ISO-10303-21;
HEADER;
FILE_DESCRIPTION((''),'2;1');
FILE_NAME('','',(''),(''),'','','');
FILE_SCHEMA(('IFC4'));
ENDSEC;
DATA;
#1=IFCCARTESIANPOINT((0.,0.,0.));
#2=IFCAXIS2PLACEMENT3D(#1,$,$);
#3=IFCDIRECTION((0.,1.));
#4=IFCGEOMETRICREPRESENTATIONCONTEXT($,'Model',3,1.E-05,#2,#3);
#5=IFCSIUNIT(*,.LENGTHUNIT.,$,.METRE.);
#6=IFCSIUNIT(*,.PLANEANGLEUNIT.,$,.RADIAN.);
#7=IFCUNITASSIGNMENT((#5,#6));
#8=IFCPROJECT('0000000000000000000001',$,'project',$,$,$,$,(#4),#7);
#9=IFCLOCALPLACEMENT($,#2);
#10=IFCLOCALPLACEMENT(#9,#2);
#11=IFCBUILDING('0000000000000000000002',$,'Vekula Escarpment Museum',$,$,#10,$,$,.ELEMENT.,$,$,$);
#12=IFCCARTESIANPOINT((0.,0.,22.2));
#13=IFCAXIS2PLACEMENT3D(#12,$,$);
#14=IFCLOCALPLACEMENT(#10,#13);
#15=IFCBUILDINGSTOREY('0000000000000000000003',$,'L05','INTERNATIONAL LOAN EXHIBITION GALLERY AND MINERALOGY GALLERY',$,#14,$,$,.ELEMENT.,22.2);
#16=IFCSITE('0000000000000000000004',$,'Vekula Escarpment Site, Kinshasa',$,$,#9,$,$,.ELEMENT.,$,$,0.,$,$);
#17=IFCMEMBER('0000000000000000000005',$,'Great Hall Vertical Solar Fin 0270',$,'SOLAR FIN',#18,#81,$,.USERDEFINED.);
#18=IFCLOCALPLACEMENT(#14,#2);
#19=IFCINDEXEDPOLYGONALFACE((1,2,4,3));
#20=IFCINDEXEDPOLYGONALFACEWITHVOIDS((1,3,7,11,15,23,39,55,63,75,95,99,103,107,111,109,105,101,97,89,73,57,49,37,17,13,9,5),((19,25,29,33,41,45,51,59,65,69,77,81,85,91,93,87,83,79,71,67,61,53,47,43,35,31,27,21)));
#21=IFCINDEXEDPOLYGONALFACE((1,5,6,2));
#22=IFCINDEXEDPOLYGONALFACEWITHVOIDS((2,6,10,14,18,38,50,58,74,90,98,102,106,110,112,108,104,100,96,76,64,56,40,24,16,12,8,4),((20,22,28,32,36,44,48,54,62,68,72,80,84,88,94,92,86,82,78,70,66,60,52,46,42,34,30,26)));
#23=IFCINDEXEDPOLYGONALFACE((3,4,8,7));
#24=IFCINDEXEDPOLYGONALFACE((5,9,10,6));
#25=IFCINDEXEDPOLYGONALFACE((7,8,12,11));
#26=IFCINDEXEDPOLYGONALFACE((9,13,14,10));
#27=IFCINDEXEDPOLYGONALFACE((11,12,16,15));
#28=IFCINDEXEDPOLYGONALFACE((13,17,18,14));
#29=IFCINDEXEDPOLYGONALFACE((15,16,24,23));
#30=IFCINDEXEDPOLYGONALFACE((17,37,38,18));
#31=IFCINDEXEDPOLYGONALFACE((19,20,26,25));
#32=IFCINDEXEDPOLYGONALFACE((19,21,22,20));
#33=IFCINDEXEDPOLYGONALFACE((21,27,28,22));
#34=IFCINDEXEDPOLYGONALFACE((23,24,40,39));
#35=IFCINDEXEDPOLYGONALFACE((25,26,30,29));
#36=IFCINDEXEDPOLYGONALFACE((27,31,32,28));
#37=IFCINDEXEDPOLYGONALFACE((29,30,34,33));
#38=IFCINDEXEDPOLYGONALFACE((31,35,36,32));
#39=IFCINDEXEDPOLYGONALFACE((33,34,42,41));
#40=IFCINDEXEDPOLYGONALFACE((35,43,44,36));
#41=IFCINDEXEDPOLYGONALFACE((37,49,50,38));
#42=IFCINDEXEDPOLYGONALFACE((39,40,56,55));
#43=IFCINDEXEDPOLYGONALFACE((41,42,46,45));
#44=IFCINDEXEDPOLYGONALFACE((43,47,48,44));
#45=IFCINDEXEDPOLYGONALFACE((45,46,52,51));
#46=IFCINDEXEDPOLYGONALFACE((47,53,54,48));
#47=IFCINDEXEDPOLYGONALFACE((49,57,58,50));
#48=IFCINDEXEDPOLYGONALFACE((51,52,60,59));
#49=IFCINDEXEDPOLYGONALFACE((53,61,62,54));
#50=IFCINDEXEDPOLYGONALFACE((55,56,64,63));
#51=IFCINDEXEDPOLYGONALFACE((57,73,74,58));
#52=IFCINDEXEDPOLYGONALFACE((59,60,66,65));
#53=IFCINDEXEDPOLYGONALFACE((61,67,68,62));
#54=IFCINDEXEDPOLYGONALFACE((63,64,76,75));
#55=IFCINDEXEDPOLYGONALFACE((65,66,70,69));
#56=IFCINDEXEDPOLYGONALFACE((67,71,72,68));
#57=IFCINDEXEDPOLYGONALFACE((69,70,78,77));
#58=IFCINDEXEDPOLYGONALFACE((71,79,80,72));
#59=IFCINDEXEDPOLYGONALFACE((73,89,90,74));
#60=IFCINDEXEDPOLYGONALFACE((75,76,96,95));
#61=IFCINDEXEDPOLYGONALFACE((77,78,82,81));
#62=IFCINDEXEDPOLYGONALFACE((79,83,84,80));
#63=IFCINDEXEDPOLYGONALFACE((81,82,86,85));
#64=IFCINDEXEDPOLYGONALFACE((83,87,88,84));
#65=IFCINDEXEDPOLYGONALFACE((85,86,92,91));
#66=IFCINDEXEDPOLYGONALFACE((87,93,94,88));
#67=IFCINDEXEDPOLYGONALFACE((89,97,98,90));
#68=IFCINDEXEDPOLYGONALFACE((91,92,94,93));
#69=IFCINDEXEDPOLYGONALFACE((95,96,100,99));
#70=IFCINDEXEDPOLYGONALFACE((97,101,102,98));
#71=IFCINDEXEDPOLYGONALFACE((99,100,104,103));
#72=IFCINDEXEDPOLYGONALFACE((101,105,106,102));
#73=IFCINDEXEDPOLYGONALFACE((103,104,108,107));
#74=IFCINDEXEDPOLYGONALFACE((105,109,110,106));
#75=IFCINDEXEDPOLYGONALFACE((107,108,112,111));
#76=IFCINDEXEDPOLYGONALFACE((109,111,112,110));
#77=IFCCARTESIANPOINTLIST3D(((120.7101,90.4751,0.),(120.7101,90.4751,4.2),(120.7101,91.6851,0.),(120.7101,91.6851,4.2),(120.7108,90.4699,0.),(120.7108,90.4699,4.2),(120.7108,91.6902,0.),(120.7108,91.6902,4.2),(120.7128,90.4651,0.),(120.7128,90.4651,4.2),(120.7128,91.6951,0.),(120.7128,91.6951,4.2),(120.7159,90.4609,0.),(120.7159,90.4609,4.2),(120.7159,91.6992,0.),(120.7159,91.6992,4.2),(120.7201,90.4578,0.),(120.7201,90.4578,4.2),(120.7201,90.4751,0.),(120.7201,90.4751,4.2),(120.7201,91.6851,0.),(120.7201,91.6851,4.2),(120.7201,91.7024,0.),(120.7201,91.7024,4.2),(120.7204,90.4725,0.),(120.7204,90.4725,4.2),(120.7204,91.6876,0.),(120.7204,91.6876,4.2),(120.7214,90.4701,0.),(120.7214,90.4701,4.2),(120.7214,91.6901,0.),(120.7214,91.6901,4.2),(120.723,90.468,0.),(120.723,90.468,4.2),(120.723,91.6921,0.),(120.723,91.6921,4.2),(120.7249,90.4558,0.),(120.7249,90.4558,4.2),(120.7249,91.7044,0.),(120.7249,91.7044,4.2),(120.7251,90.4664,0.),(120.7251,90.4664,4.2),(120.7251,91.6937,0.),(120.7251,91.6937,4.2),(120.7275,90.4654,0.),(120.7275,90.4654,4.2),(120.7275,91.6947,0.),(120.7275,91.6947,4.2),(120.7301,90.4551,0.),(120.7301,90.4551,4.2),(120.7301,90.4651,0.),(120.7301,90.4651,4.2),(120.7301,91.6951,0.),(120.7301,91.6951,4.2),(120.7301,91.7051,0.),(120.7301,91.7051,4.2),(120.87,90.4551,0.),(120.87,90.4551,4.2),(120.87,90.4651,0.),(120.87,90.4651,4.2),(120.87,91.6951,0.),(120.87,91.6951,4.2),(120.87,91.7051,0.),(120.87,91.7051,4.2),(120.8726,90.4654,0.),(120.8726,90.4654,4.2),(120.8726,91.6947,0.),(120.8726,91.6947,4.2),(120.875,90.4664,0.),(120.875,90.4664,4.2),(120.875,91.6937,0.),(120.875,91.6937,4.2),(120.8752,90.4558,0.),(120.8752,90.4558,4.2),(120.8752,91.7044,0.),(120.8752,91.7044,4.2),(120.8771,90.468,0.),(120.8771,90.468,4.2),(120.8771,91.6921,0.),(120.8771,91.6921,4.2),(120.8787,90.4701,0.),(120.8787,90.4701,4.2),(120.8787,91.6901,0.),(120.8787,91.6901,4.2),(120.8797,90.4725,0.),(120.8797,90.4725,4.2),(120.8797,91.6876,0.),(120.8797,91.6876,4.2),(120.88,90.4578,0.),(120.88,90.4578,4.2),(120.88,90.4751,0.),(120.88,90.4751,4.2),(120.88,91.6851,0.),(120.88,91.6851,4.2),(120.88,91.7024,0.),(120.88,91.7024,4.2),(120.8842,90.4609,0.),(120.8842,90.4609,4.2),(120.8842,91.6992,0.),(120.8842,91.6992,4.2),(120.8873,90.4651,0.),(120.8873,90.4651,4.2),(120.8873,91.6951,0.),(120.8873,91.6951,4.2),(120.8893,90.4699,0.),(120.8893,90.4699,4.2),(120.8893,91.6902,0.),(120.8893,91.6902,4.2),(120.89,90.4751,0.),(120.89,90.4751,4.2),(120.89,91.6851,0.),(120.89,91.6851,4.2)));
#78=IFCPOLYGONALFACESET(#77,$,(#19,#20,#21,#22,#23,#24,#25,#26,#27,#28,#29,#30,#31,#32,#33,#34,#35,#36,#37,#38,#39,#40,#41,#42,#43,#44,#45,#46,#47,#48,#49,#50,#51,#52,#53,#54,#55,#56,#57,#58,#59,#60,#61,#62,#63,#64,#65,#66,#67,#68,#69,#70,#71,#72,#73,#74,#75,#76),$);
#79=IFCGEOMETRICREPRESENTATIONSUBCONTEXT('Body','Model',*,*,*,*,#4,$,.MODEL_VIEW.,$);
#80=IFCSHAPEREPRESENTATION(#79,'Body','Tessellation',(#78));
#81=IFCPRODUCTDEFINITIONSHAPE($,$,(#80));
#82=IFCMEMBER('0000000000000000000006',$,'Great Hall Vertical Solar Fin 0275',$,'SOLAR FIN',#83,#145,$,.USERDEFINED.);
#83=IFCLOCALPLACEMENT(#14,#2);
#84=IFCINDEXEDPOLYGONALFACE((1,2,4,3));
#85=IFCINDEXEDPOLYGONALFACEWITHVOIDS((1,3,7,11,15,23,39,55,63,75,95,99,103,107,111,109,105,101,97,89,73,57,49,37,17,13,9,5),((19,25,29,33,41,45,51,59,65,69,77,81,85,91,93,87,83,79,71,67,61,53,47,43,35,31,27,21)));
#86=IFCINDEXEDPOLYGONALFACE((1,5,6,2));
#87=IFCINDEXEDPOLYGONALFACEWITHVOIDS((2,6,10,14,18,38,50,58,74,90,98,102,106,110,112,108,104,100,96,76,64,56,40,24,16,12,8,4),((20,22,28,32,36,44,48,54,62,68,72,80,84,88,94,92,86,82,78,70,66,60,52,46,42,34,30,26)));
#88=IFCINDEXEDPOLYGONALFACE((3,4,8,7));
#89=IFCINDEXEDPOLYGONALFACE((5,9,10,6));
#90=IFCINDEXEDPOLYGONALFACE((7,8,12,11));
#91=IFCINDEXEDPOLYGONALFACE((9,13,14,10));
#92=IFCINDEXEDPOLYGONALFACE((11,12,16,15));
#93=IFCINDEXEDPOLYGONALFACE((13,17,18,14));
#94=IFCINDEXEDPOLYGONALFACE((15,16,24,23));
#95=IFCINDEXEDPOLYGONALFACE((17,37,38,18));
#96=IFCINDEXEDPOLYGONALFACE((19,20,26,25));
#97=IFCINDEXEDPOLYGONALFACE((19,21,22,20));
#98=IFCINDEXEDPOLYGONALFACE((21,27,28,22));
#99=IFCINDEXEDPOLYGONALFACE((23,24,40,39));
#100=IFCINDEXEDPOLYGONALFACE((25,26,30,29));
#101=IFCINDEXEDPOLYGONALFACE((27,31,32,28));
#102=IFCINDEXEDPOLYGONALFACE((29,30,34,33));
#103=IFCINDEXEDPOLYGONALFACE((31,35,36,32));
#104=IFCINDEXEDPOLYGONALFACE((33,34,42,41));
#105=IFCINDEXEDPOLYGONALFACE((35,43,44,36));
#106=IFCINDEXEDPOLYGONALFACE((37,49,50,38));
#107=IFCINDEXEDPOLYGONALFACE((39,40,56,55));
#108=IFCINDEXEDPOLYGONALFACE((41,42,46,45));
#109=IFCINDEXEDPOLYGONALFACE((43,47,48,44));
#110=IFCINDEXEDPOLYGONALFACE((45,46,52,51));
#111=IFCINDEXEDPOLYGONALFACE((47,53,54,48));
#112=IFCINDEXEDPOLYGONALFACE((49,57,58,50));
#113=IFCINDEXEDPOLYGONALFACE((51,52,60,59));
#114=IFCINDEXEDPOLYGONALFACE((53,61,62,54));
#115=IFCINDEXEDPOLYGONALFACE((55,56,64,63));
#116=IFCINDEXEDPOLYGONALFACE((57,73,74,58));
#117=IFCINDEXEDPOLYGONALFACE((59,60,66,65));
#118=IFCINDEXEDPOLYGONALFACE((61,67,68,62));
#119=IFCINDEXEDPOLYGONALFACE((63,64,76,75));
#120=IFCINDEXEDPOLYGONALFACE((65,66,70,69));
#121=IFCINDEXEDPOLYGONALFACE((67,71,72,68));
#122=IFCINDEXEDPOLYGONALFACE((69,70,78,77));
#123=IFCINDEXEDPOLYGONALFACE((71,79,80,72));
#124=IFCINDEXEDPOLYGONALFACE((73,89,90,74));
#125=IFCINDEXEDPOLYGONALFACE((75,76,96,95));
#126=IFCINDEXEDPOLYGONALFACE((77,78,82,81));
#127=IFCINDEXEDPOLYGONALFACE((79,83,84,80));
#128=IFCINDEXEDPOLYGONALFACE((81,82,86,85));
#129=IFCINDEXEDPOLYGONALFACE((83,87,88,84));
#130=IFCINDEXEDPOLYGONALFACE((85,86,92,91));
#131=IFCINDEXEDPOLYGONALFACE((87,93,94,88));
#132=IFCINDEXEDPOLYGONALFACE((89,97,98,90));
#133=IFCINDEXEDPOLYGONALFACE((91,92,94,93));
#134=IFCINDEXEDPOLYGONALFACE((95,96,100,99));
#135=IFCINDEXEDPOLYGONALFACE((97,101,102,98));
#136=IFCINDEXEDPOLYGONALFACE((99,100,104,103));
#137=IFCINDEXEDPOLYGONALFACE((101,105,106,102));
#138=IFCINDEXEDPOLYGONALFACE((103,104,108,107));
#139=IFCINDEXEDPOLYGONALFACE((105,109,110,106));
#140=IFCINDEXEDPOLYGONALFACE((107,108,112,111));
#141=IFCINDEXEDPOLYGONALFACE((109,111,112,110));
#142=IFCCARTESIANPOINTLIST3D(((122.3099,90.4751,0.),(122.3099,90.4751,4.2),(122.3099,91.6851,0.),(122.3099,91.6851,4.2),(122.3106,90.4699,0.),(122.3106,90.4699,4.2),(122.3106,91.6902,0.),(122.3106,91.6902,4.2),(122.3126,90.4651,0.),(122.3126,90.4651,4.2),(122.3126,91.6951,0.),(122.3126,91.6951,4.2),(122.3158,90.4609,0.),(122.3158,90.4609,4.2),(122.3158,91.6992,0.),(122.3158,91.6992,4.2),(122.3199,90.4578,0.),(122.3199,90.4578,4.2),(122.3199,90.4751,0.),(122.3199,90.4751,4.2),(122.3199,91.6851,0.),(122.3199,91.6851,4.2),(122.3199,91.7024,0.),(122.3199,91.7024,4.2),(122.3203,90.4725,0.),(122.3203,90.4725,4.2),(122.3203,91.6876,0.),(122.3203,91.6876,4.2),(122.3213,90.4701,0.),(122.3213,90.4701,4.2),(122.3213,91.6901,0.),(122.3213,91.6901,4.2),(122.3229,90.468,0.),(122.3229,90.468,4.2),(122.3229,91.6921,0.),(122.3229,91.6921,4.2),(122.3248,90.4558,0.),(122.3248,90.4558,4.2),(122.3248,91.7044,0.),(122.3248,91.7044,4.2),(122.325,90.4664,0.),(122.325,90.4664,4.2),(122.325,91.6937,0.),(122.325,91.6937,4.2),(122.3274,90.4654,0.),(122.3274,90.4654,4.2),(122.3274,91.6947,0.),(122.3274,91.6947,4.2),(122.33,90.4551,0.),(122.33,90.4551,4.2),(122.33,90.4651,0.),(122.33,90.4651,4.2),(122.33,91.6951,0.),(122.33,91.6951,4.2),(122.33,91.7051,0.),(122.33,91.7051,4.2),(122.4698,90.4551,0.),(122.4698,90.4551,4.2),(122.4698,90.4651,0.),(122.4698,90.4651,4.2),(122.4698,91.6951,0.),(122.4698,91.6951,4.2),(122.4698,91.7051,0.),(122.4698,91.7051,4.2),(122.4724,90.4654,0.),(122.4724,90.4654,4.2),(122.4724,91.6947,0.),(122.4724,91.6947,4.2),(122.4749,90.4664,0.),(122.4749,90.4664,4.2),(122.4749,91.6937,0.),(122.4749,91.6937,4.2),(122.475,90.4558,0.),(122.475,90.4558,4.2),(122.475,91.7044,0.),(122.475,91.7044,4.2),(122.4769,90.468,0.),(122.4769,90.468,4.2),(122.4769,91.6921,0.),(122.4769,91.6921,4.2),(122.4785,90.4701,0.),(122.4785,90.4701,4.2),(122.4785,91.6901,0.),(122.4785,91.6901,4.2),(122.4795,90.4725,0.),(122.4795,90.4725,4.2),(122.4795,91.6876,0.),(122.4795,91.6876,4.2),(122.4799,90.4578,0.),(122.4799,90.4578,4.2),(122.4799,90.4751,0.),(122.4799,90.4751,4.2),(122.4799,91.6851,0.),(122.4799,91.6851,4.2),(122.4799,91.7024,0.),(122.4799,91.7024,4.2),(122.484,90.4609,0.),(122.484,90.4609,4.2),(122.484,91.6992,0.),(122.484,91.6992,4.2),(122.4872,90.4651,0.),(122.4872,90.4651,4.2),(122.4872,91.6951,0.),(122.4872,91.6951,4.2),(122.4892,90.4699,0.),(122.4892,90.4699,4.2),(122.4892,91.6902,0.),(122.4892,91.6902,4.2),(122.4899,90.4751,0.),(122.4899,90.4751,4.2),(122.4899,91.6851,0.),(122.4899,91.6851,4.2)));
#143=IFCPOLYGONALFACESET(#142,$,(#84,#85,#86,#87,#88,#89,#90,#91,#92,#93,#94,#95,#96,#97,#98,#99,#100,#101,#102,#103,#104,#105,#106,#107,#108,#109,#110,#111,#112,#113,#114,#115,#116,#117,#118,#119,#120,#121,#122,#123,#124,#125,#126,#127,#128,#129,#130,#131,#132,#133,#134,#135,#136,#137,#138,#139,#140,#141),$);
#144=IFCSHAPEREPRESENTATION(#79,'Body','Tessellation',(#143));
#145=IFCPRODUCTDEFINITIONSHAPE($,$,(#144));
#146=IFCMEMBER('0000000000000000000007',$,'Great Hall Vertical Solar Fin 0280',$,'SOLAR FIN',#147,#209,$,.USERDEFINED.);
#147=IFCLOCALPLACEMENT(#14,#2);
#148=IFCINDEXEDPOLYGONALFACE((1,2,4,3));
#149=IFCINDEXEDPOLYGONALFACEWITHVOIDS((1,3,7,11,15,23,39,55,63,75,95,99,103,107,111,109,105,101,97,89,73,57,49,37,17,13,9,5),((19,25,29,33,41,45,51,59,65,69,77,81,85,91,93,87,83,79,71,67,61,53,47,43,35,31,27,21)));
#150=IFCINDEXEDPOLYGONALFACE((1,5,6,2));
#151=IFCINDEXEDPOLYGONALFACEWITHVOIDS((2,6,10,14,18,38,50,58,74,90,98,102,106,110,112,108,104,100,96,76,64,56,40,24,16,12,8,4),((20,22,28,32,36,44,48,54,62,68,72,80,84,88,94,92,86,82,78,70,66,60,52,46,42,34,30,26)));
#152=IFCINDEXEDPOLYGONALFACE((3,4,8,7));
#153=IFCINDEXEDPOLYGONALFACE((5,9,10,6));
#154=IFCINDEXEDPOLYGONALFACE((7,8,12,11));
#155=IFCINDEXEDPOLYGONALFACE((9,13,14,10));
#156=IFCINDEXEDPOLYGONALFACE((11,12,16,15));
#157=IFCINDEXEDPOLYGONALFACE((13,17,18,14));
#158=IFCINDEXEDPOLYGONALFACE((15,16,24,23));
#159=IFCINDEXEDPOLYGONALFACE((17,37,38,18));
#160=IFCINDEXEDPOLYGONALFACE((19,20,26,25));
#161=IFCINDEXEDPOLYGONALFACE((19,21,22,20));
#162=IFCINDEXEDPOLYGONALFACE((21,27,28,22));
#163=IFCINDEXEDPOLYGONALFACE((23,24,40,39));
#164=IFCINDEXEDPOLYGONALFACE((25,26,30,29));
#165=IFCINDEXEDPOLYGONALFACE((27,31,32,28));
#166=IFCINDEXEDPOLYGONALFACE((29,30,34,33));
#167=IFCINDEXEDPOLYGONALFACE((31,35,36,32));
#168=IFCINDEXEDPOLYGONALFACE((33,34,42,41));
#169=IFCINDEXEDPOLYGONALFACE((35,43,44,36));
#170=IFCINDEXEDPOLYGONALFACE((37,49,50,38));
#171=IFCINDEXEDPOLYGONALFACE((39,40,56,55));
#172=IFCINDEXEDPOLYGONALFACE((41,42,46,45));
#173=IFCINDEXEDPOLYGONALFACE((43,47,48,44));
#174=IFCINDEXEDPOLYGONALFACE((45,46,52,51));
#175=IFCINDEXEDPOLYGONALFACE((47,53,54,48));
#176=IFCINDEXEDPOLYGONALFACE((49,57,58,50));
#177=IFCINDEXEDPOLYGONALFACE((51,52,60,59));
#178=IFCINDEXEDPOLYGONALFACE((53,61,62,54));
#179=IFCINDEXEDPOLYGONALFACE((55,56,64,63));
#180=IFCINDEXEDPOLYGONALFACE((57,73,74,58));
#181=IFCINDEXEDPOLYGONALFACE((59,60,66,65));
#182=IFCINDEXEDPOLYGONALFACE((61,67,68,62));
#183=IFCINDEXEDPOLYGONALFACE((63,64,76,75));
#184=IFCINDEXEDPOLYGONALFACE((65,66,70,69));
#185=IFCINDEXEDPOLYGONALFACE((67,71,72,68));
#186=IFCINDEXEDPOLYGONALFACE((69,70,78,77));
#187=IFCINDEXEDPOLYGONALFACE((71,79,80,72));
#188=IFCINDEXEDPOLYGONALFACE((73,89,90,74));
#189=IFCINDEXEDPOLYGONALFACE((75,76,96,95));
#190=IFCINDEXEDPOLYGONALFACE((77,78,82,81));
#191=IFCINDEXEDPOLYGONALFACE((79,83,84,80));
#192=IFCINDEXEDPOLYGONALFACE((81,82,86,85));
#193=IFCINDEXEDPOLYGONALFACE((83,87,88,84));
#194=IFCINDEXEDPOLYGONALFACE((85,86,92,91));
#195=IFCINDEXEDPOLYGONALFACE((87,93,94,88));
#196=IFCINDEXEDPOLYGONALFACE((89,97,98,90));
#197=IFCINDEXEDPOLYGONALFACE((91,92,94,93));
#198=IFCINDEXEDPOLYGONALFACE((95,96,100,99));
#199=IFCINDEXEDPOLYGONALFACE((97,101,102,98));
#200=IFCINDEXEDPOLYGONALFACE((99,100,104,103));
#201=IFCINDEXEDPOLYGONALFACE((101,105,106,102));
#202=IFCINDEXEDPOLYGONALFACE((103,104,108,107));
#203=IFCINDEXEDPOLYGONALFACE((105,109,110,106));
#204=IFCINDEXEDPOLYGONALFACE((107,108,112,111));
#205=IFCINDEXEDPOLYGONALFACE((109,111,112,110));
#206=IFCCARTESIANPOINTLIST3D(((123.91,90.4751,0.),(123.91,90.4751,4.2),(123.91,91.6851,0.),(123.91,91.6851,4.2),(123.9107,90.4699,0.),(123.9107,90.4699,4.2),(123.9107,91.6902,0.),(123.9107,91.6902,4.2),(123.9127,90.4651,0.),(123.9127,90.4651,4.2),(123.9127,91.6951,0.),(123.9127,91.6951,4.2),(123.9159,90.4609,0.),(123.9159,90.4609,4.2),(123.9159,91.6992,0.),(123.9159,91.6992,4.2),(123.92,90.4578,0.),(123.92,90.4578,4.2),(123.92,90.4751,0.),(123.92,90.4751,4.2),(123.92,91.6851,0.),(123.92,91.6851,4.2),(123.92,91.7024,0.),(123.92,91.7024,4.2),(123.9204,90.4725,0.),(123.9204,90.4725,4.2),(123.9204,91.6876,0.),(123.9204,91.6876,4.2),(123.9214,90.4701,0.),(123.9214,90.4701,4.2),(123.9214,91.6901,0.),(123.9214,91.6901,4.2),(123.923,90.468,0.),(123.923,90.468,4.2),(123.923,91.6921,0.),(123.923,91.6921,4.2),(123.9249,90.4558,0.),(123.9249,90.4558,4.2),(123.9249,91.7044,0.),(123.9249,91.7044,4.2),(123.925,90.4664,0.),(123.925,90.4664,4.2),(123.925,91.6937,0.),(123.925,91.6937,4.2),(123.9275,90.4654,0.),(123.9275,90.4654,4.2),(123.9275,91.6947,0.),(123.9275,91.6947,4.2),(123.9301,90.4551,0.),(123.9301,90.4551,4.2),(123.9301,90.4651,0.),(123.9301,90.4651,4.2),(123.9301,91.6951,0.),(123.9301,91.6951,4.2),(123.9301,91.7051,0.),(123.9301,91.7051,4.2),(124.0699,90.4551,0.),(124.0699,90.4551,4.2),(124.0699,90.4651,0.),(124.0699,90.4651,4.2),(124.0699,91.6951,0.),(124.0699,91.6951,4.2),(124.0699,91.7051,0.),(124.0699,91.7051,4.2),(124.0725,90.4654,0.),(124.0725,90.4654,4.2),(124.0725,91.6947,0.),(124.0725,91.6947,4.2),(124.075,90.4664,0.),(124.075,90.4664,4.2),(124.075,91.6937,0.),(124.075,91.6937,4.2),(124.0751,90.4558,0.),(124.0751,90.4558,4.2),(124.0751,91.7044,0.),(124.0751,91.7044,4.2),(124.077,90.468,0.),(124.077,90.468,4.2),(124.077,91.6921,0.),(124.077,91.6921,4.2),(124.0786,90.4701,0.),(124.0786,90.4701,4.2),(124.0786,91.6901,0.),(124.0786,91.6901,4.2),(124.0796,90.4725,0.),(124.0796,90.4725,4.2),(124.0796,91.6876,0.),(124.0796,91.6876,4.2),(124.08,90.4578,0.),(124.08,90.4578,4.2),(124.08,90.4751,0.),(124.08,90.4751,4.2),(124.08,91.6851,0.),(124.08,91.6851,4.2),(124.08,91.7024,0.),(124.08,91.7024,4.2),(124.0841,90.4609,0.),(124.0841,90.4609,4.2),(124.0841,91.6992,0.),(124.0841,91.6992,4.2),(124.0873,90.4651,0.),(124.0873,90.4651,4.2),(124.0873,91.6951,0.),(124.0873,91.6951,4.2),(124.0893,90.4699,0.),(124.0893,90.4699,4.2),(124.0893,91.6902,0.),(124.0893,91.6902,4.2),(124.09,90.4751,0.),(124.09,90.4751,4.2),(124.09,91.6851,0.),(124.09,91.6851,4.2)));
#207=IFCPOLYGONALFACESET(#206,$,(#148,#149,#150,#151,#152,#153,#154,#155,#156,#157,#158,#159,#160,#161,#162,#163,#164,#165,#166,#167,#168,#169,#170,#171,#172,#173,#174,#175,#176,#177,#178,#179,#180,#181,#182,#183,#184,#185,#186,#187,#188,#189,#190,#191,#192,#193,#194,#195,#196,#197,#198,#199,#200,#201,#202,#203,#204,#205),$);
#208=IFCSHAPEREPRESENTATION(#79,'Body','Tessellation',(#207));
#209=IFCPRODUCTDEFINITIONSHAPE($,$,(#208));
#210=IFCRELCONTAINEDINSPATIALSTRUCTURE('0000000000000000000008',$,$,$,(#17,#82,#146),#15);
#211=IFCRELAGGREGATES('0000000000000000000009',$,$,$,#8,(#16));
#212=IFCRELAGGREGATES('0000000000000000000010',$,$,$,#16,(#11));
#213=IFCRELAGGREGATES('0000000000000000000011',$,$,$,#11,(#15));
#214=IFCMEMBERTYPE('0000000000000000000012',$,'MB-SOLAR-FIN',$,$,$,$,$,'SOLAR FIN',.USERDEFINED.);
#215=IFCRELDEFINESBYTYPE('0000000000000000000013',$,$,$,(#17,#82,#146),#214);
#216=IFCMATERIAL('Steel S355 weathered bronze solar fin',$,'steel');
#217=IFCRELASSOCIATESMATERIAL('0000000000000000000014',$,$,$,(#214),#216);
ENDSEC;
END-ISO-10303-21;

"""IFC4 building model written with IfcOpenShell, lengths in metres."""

from ifc_helpers import new_model, si_unit, direction, frame, origin, origin_2d, place, context, subcontext, project, spatial, hollow_rectangle, extrude, material, material_profile, profile_set, type_object, element, save


model = new_model("IFC4")

# Units and contexts
model_context = context("Model", 3, precision=1e-05, world=origin(), true_north=direction((0.0, 1.0)))
body_context = subcontext(model_context, "Body", "Model", "MODEL_VIEW")
ifc_project = project(units=[si_unit("LENGTHUNIT", "METRE"), si_unit("PLANEANGLEUNIT", "RADIAN")], contexts=[model_context])

# Site, building, storey
site_placement = place(None, origin())
site = spatial("IfcSite", under=ifc_project, at=site_placement, Name="Vekula Escarpment Site, Kinshasa", CompositionType="ELEMENT", RefElevation=0.0)
building_placement = place(site_placement, origin())
building = spatial("IfcBuilding", under=site, at=building_placement, Name="Vekula Escarpment Museum", CompositionType="ELEMENT")
storey_placement = place(building_placement, frame((0.0, 0.0, 22.2)))
storey = spatial("IfcBuildingStorey", under=building, at=storey_placement, Name="L05", Description="INTERNATIONAL LOAN EXHIBITION GALLERY AND MINERALOGY GALLERY", CompositionType="ELEMENT", Elevation=22.2)

# Members
ifc_material_1 = material(Name="Steel S355 weathered bronze solar fin", Category="steel")
ifc_material_profile_1 = material_profile(ifc_material_1, hollow_rectangle(XDim=0.1799, YDim=1.25, WallThickness=0.01, InnerFilletRadius=0.01, OuterFilletRadius=0.02, at=origin_2d()), Name="RHS 1250x180x10")
ifc_profile_set_1 = profile_set([ifc_material_profile_1], Name="Steel S355 weathered bronze solar fin")
member_type_1 = type_object("IfcMemberType", Name="MB-SOLAR-FIN", ElementType="SOLAR FIN", PredefinedType="USERDEFINED", material=ifc_profile_set_1)
for number, where, z_axis, x_axis, name in (
    (1, (120.8, 91.0801, 0.0), (0.0, 0.0, 1.0), (1.0, 0.0, 0.0), "Great Hall Vertical Solar Fin 0270"),
    (2, (122.3999, 91.0801, 0.0), (0.0, 0.0, 1.0), (1.0, 0.0, 0.0), "Great Hall Vertical Solar Fin 0275"),
    (3, (124.0, 91.0801, 0.0), (0.0, 0.0, 1.0), (1.0, 0.0, 0.0), "Great Hall Vertical Solar Fin 0280"),
):
    element("IfcMember", number, at=place(storey_placement, frame(where, z_axis=z_axis, x_axis=x_axis)), inside=storey, type_object=member_type_1, Name=name, ObjectType="SOLAR FIN", PredefinedType="USERDEFINED", context=body_context, shape_type="SweptSolid", body=[
        extrude(hollow_rectangle(XDim=0.1799, YDim=1.25, WallThickness=0.01, InnerFilletRadius=0.01, OuterFilletRadius=0.02, at=origin_2d()), origin(), (0.0, 0.0, 1.0), 4.2),
    ])

save(model, "model.ifc")
